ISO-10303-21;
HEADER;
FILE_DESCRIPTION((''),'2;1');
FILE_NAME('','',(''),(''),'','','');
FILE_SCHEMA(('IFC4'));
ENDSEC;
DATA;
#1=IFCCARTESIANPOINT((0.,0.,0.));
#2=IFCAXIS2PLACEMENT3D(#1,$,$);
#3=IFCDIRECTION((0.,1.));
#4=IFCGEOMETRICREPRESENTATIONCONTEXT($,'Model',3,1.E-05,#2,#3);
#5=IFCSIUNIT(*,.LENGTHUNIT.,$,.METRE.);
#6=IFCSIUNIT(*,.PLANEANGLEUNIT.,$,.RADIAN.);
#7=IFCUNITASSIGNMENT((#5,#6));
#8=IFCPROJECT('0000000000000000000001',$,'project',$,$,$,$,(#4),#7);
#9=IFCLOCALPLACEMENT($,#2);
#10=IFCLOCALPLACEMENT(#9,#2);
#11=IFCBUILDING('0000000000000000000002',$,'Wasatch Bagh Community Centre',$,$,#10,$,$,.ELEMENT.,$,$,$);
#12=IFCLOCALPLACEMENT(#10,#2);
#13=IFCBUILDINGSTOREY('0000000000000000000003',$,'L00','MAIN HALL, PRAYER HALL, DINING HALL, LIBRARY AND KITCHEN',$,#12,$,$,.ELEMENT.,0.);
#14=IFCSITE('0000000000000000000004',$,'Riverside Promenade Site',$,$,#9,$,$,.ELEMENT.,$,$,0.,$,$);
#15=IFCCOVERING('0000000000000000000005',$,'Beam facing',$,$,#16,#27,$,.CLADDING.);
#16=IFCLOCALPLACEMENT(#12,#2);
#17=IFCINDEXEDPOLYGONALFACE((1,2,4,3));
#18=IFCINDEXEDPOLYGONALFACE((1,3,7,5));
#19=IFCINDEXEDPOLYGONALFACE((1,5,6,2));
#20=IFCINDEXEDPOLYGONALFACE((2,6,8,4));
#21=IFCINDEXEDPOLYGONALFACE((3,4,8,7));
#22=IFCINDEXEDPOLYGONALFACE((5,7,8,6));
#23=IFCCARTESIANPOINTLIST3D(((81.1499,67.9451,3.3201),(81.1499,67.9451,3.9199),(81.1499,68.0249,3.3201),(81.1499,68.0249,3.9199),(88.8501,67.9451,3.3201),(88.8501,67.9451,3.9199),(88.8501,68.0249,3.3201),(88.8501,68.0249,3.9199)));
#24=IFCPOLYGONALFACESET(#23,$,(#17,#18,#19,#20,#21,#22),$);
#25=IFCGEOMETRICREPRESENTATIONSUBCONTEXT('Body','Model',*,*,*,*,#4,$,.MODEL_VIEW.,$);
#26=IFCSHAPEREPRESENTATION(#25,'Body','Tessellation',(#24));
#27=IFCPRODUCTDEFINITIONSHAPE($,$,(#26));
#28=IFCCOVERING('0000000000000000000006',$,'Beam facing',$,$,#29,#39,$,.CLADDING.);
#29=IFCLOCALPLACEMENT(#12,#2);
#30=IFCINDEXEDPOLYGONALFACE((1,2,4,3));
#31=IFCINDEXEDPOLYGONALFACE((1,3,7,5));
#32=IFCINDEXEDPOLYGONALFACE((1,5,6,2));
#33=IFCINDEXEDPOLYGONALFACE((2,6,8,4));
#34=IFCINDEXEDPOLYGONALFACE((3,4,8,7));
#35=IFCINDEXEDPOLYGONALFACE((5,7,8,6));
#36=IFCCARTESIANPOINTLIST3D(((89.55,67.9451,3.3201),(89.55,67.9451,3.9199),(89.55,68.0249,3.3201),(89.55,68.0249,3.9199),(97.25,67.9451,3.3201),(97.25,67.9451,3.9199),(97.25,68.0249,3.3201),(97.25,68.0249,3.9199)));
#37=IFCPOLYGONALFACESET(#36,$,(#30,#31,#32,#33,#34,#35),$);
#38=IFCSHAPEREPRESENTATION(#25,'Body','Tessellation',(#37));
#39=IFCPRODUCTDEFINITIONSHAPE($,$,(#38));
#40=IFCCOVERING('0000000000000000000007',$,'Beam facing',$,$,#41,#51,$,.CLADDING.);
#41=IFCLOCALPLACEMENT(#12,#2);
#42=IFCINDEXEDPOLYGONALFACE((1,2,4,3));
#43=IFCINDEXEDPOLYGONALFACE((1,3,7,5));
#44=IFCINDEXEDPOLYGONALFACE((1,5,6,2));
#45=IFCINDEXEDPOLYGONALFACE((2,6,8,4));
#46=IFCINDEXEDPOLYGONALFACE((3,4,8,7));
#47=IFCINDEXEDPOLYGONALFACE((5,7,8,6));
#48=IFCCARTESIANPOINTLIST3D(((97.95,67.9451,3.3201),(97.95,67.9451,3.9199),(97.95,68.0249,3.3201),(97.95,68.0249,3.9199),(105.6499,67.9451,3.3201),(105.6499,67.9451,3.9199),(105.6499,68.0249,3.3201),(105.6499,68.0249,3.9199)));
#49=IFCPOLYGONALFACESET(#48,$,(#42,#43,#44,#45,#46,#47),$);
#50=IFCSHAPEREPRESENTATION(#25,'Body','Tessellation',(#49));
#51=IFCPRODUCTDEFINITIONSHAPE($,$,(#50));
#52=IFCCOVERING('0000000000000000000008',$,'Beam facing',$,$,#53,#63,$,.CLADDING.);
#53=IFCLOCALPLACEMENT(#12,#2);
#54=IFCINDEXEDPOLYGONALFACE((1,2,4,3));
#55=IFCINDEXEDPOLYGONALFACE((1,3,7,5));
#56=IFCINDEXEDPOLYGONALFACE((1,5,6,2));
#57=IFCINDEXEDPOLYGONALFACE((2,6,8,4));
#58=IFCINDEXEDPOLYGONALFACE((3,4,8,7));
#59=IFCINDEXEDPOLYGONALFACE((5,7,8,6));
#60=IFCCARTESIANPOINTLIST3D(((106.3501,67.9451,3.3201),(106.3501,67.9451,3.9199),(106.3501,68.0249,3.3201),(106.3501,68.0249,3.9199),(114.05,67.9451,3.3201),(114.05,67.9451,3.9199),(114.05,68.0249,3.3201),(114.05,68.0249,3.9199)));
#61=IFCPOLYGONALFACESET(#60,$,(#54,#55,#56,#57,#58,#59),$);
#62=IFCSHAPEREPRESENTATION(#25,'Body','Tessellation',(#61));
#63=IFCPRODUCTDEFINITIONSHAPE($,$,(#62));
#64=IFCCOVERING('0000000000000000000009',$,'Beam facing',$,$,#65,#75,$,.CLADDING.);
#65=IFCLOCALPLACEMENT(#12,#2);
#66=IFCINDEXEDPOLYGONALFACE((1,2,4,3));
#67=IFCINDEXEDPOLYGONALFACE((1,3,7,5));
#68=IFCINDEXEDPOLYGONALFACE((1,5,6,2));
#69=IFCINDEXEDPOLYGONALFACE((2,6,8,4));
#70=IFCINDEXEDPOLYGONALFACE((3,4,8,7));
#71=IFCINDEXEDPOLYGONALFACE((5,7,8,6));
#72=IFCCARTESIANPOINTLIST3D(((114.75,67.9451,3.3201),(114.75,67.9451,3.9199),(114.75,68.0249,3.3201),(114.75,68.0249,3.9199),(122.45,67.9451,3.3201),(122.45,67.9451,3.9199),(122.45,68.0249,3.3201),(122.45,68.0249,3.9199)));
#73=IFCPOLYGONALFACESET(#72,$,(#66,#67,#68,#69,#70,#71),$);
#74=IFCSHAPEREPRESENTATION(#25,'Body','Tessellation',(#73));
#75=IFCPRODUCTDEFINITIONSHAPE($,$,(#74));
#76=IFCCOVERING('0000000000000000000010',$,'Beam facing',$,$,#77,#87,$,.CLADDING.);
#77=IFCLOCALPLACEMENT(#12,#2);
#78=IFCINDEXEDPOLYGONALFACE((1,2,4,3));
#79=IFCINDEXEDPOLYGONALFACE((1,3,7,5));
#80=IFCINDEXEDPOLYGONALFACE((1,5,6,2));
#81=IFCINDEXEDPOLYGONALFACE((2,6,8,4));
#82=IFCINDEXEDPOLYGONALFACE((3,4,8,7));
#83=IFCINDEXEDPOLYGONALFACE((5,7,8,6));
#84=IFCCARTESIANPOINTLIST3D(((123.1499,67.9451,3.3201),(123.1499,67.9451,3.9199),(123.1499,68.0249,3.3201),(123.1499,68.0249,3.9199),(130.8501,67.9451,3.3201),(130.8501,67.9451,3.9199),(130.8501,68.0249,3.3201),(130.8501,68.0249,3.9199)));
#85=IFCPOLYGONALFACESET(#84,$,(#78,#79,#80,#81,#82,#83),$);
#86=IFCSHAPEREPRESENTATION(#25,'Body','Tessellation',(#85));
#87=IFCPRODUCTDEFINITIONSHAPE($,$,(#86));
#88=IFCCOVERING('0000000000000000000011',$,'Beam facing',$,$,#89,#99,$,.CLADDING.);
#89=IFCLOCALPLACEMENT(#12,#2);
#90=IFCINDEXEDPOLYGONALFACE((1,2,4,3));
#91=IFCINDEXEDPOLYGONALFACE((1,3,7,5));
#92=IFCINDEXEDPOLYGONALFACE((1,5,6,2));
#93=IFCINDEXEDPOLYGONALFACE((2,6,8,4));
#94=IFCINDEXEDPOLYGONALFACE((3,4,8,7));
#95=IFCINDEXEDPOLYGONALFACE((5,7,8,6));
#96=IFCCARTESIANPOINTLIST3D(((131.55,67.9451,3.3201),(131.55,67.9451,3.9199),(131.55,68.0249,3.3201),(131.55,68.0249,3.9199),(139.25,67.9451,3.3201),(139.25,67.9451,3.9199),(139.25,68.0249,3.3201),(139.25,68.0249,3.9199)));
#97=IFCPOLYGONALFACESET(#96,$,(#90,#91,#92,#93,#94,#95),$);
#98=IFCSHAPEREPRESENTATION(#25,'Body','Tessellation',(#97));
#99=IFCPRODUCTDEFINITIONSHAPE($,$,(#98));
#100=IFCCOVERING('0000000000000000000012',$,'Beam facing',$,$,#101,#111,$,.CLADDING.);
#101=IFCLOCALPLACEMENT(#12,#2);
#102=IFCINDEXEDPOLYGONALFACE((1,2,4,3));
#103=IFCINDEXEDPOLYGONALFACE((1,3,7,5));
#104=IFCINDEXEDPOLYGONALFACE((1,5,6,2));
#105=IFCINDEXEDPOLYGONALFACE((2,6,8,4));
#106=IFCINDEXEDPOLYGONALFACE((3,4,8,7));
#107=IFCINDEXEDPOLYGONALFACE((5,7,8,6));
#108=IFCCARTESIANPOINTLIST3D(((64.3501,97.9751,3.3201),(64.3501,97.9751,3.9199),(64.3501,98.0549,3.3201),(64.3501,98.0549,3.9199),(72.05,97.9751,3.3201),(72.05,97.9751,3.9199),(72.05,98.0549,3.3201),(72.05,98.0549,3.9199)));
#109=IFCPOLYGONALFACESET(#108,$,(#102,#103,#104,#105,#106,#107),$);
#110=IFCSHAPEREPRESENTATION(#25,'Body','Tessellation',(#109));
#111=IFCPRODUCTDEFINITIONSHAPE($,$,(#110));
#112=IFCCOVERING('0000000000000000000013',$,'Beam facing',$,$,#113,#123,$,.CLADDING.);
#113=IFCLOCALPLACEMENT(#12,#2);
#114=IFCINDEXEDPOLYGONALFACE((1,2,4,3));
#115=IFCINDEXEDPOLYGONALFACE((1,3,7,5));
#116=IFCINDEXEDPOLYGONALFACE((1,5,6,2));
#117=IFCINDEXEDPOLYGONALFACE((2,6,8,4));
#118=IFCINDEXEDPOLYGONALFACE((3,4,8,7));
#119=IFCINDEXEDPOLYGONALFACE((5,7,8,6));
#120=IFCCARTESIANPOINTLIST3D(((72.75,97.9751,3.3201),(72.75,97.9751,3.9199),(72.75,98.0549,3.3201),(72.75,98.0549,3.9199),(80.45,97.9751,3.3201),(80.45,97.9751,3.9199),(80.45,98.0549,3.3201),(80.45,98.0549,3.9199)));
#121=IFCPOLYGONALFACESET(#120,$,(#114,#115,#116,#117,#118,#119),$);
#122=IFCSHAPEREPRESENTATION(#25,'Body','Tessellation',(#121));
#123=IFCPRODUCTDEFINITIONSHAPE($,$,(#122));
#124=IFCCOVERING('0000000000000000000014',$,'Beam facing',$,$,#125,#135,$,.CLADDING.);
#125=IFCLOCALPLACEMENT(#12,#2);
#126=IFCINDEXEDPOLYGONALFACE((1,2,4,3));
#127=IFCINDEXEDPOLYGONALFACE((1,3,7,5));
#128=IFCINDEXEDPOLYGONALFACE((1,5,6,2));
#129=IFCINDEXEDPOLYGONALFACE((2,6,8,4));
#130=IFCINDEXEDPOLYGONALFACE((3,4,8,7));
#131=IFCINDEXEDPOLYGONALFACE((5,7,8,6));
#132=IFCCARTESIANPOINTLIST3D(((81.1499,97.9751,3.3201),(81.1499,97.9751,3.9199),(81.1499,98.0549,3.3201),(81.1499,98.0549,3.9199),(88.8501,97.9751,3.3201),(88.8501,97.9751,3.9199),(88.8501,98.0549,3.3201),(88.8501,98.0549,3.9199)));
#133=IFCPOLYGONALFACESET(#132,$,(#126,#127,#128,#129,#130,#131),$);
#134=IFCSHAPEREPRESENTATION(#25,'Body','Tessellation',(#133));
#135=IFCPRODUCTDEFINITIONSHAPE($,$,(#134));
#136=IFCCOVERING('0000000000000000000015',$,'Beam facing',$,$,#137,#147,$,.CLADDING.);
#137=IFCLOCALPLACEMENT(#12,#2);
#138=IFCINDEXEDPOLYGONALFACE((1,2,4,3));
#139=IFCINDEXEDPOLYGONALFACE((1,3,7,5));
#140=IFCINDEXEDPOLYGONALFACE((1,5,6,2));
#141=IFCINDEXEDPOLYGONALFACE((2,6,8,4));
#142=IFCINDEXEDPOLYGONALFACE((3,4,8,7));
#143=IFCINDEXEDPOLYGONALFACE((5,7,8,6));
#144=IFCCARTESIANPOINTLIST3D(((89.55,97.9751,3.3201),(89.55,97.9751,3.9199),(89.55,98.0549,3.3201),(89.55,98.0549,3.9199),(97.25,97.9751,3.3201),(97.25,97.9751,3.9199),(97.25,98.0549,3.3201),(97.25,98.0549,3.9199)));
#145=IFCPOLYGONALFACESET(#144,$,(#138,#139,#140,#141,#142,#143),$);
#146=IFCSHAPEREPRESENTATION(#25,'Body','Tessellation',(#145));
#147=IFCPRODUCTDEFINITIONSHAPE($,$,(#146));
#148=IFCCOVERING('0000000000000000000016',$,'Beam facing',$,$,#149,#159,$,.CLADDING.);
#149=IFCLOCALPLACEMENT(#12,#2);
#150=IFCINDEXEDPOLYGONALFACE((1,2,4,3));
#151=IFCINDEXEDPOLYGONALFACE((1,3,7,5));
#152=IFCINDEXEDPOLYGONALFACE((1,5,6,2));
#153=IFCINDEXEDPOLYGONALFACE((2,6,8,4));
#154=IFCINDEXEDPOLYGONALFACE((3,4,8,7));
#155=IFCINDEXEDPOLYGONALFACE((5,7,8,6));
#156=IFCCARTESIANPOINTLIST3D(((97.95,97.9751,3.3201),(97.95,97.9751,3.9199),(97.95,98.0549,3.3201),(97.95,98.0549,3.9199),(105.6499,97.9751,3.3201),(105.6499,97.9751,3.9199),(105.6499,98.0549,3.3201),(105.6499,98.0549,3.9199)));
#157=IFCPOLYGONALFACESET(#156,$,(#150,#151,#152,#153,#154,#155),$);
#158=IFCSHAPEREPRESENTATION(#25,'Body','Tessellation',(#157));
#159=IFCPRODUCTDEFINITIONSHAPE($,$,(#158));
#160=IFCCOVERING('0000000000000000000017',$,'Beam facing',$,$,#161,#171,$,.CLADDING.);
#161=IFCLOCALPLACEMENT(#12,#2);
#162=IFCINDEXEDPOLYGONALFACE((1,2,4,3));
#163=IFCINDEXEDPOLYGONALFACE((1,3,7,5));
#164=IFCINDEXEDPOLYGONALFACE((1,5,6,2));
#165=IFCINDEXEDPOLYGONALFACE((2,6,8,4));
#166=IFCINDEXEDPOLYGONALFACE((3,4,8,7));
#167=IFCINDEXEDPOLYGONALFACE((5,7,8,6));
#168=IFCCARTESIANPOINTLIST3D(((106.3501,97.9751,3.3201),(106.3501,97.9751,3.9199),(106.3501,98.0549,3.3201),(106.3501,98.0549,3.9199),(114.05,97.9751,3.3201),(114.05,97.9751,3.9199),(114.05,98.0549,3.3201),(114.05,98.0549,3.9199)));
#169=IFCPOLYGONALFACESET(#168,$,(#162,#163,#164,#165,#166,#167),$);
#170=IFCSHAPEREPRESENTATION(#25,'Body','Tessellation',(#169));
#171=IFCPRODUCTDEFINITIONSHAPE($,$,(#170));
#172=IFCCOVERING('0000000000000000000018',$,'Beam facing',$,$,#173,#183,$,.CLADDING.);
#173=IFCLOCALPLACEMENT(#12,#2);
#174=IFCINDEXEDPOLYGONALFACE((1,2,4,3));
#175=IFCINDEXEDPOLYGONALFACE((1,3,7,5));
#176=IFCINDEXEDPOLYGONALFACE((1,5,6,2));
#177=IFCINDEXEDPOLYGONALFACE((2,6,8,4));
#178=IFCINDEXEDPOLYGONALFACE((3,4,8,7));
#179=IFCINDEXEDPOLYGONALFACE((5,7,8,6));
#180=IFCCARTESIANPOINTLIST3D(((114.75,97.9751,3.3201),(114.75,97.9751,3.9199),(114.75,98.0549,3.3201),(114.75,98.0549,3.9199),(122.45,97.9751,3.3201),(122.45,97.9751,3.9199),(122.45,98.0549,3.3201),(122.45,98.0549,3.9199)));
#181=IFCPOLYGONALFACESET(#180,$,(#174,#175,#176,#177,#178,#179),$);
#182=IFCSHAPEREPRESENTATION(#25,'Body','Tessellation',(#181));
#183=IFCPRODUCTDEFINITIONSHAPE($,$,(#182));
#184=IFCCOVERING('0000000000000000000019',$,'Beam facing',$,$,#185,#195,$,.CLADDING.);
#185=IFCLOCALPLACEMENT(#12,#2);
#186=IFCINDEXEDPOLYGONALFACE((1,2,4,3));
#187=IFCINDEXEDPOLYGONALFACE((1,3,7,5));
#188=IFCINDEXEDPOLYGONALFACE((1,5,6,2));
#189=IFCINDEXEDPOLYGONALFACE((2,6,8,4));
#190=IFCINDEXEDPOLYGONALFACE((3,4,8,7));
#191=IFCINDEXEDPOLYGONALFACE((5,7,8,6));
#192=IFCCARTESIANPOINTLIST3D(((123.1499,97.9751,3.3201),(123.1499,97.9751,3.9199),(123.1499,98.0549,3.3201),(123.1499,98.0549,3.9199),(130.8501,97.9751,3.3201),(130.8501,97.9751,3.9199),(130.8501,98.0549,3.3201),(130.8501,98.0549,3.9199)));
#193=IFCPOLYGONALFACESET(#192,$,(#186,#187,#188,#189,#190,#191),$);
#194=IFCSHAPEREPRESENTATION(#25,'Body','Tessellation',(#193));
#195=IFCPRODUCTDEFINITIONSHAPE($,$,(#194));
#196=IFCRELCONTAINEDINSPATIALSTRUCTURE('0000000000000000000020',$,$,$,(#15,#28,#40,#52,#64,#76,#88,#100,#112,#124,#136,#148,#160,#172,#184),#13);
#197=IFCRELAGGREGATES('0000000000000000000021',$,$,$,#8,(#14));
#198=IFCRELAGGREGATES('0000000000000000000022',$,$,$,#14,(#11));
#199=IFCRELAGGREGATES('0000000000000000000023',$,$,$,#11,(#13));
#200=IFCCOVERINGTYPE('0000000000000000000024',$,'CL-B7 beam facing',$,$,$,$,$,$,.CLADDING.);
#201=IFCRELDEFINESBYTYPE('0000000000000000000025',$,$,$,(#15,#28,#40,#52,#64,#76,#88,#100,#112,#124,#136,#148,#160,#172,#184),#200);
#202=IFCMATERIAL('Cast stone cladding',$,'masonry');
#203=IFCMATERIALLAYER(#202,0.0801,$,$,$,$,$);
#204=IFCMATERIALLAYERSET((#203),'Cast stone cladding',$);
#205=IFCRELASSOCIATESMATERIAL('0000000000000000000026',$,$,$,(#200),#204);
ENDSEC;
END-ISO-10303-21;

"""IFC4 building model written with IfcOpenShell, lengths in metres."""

from ifc_helpers import new_model, si_unit, direction, frame, origin, place, context, subcontext, project, spatial, polyline, outline, extrude, material, layer, layer_set, type_object, element, save


model = new_model("IFC4")

# Units and contexts
model_context = context("Model", 3, precision=1e-05, world=origin(), true_north=direction((0.0, 1.0)))
body_context = subcontext(model_context, "Body", "Model", "MODEL_VIEW")
ifc_project = project(units=[si_unit("LENGTHUNIT", "METRE"), si_unit("PLANEANGLEUNIT", "RADIAN")], contexts=[model_context])

# Site, building, storey
site_placement = place(None, origin())
site = spatial("IfcSite", under=ifc_project, at=site_placement, Name="Riverside Promenade Site", CompositionType="ELEMENT", RefElevation=0.0)
building_placement = place(site_placement, origin())
building = spatial("IfcBuilding", under=site, at=building_placement, Name="Wasatch Bagh Community Centre", CompositionType="ELEMENT")
storey_placement = place(building_placement, origin())
storey = spatial("IfcBuildingStorey", under=building, at=storey_placement, Name="L00", Description="MAIN HALL, PRAYER HALL, DINING HALL, LIBRARY AND KITCHEN", CompositionType="ELEMENT", Elevation=0.0)

# Coverings
ifc_material = material(Name="Cast stone cladding", Category="masonry")
ifc_layer = layer(ifc_material, 0.0801)
ifc_layer_set = layer_set([ifc_layer], Name="Cast stone cladding")
covering_type = type_object("IfcCoveringType", Name="CL-B7 beam facing", PredefinedType="CLADDING", material=ifc_layer_set)
covering_1_placement = place(storey_placement, frame((0.0, 0.0, 3.3201)))
element("IfcCovering", 1, at=covering_1_placement, inside=storey, type_object=covering_type, Name="Beam facing", PredefinedType="CLADDING", context=body_context, shape_type="SweptSolid", body=[
    extrude(outline(polyline([(81.1499, 68.0249), (88.8501, 68.0249), (88.8501, 67.9451), (81.1499, 67.9451), (81.1499, 68.0249)])), origin(), (0.0, 0.0, 1.0), 0.5999),
])
covering_2_placement = place(storey_placement, frame((0.0, 0.0, 3.3201)))
element("IfcCovering", 2, at=covering_2_placement, inside=storey, type_object=covering_type, Name="Beam facing", PredefinedType="CLADDING", context=body_context, shape_type="SweptSolid", body=[
    extrude(outline(polyline([(89.55, 68.0249), (97.25, 68.0249), (97.25, 67.9451), (89.55, 67.9451), (89.55, 68.0249)])), origin(), (0.0, 0.0, 1.0), 0.5999),
])
covering_3_placement = place(storey_placement, frame((0.0, 0.0, 3.3201)))
element("IfcCovering", 3, at=covering_3_placement, inside=storey, type_object=covering_type, Name="Beam facing", PredefinedType="CLADDING", context=body_context, shape_type="SweptSolid", body=[
    extrude(outline(polyline([(97.95, 68.0249), (105.6499, 68.0249), (105.6499, 67.9451), (97.95, 67.9451), (97.95, 68.0249)])), origin(), (0.0, 0.0, 1.0), 0.5999),
])
covering_4_placement = place(storey_placement, frame((0.0, 0.0, 3.3201)))
element("IfcCovering", 4, at=covering_4_placement, inside=storey, type_object=covering_type, Name="Beam facing", PredefinedType="CLADDING", context=body_context, shape_type="SweptSolid", body=[
    extrude(outline(polyline([(106.3501, 68.0249), (114.05, 68.0249), (114.05, 67.9451), (106.3501, 67.9451), (106.3501, 68.0249)])), origin(), (0.0, 0.0, 1.0), 0.5999),
])
covering_5_placement = place(storey_placement, frame((0.0, 0.0, 3.3201)))
element("IfcCovering", 5, at=covering_5_placement, inside=storey, type_object=covering_type, Name="Beam facing", PredefinedType="CLADDING", context=body_context, shape_type="SweptSolid", body=[
    extrude(outline(polyline([(114.75, 68.0249), (122.45, 68.0249), (122.45, 67.9451), (114.75, 67.9451), (114.75, 68.0249)])), origin(), (0.0, 0.0, 1.0), 0.5999),
])
covering_6_placement = place(storey_placement, frame((0.0, 0.0, 3.3201)))
element("IfcCovering", 6, at=covering_6_placement, inside=storey, type_object=covering_type, Name="Beam facing", PredefinedType="CLADDING", context=body_context, shape_type="SweptSolid", body=[
    extrude(outline(polyline([(123.1499, 68.0249), (130.8501, 68.0249), (130.8501, 67.9451), (123.1499, 67.9451), (123.1499, 68.0249)])), origin(), (0.0, 0.0, 1.0), 0.5999),
])
covering_7_placement = place(storey_placement, frame((0.0, 0.0, 3.3201)))
element("IfcCovering", 7, at=covering_7_placement, inside=storey, type_object=covering_type, Name="Beam facing", PredefinedType="CLADDING", context=body_context, shape_type="SweptSolid", body=[
    extrude(outline(polyline([(131.55, 68.0249), (139.25, 68.0249), (139.25, 67.9451), (131.55, 67.9451), (131.55, 68.0249)])), origin(), (0.0, 0.0, 1.0), 0.5999),
])
covering_8_placement = place(storey_placement, frame((0.0, 0.0, 3.3201)))
element("IfcCovering", 8, at=covering_8_placement, inside=storey, type_object=covering_type, Name="Beam facing", PredefinedType="CLADDING", context=body_context, shape_type="SweptSolid", body=[
    extrude(outline(polyline([(64.3501, 97.9751), (72.05, 97.9751), (72.05, 98.0549), (64.3501, 98.0549), (64.3501, 97.9751)])), origin(), (0.0, 0.0, 1.0), 0.5999),
])
covering_9_placement = place(storey_placement, frame((0.0, 0.0, 3.3201)))
element("IfcCovering", 9, at=covering_9_placement, inside=storey, type_object=covering_type, Name="Beam facing", PredefinedType="CLADDING", context=body_context, shape_type="SweptSolid", body=[
    extrude(outline(polyline([(72.75, 97.9751), (80.45, 97.9751), (80.45, 98.0549), (72.75, 98.0549), (72.75, 97.9751)])), origin(), (0.0, 0.0, 1.0), 0.5999),
])
covering_10_placement = place(storey_placement, frame((0.0, 0.0, 3.3201)))
element("IfcCovering", 10, at=covering_10_placement, inside=storey, type_object=covering_type, Name="Beam facing", PredefinedType="CLADDING", context=body_context, shape_type="SweptSolid", body=[
    extrude(outline(polyline([(81.1499, 97.9751), (88.8501, 97.9751), (88.8501, 98.0549), (81.1499, 98.0549), (81.1499, 97.9751)])), origin(), (0.0, 0.0, 1.0), 0.5999),
])
covering_11_placement = place(storey_placement, frame((0.0, 0.0, 3.3201)))
element("IfcCovering", 11, at=covering_11_placement, inside=storey, type_object=covering_type, Name="Beam facing", PredefinedType="CLADDING", context=body_context, shape_type="SweptSolid", body=[
    extrude(outline(polyline([(89.55, 97.9751), (97.25, 97.9751), (97.25, 98.0549), (89.55, 98.0549), (89.55, 97.9751)])), origin(), (0.0, 0.0, 1.0), 0.5999),
])
covering_12_placement = place(storey_placement, frame((0.0, 0.0, 3.3201)))
element("IfcCovering", 12, at=covering_12_placement, inside=storey, type_object=covering_type, Name="Beam facing", PredefinedType="CLADDING", context=body_context, shape_type="SweptSolid", body=[
    extrude(outline(polyline([(97.95, 97.9751), (105.6499, 97.9751), (105.6499, 98.0549), (97.95, 98.0549), (97.95, 97.9751)])), origin(), (0.0, 0.0, 1.0), 0.5999),
])
covering_13_placement = place(storey_placement, frame((0.0, 0.0, 3.3201)))
element("IfcCovering", 13, at=covering_13_placement, inside=storey, type_object=covering_type, Name="Beam facing", PredefinedType="CLADDING", context=body_context, shape_type="SweptSolid", body=[
    extrude(outline(polyline([(106.3501, 97.9751), (114.05, 97.9751), (114.05, 98.0549), (106.3501, 98.0549), (106.3501, 97.9751)])), origin(), (0.0, 0.0, 1.0), 0.5999),
])
covering_14_placement = place(storey_placement, frame((0.0, 0.0, 3.3201)))
element("IfcCovering", 14, at=covering_14_placement, inside=storey, type_object=covering_type, Name="Beam facing", PredefinedType="CLADDING", context=body_context, shape_type="SweptSolid", body=[
    extrude(outline(polyline([(114.75, 97.9751), (122.45, 97.9751), (122.45, 98.0549), (114.75, 98.0549), (114.75, 97.9751)])), origin(), (0.0, 0.0, 1.0), 0.5999),
])
covering_15_placement = place(storey_placement, frame((0.0, 0.0, 3.3201)))
element("IfcCovering", 15, at=covering_15_placement, inside=storey, type_object=covering_type, Name="Beam facing", PredefinedType="CLADDING", context=body_context, shape_type="SweptSolid", body=[
    extrude(outline(polyline([(123.1499, 97.9751), (130.8501, 97.9751), (130.8501, 98.0549), (123.1499, 98.0549), (123.1499, 97.9751)])), origin(), (0.0, 0.0, 1.0), 0.5999),
])

save(model, "model.ifc")
